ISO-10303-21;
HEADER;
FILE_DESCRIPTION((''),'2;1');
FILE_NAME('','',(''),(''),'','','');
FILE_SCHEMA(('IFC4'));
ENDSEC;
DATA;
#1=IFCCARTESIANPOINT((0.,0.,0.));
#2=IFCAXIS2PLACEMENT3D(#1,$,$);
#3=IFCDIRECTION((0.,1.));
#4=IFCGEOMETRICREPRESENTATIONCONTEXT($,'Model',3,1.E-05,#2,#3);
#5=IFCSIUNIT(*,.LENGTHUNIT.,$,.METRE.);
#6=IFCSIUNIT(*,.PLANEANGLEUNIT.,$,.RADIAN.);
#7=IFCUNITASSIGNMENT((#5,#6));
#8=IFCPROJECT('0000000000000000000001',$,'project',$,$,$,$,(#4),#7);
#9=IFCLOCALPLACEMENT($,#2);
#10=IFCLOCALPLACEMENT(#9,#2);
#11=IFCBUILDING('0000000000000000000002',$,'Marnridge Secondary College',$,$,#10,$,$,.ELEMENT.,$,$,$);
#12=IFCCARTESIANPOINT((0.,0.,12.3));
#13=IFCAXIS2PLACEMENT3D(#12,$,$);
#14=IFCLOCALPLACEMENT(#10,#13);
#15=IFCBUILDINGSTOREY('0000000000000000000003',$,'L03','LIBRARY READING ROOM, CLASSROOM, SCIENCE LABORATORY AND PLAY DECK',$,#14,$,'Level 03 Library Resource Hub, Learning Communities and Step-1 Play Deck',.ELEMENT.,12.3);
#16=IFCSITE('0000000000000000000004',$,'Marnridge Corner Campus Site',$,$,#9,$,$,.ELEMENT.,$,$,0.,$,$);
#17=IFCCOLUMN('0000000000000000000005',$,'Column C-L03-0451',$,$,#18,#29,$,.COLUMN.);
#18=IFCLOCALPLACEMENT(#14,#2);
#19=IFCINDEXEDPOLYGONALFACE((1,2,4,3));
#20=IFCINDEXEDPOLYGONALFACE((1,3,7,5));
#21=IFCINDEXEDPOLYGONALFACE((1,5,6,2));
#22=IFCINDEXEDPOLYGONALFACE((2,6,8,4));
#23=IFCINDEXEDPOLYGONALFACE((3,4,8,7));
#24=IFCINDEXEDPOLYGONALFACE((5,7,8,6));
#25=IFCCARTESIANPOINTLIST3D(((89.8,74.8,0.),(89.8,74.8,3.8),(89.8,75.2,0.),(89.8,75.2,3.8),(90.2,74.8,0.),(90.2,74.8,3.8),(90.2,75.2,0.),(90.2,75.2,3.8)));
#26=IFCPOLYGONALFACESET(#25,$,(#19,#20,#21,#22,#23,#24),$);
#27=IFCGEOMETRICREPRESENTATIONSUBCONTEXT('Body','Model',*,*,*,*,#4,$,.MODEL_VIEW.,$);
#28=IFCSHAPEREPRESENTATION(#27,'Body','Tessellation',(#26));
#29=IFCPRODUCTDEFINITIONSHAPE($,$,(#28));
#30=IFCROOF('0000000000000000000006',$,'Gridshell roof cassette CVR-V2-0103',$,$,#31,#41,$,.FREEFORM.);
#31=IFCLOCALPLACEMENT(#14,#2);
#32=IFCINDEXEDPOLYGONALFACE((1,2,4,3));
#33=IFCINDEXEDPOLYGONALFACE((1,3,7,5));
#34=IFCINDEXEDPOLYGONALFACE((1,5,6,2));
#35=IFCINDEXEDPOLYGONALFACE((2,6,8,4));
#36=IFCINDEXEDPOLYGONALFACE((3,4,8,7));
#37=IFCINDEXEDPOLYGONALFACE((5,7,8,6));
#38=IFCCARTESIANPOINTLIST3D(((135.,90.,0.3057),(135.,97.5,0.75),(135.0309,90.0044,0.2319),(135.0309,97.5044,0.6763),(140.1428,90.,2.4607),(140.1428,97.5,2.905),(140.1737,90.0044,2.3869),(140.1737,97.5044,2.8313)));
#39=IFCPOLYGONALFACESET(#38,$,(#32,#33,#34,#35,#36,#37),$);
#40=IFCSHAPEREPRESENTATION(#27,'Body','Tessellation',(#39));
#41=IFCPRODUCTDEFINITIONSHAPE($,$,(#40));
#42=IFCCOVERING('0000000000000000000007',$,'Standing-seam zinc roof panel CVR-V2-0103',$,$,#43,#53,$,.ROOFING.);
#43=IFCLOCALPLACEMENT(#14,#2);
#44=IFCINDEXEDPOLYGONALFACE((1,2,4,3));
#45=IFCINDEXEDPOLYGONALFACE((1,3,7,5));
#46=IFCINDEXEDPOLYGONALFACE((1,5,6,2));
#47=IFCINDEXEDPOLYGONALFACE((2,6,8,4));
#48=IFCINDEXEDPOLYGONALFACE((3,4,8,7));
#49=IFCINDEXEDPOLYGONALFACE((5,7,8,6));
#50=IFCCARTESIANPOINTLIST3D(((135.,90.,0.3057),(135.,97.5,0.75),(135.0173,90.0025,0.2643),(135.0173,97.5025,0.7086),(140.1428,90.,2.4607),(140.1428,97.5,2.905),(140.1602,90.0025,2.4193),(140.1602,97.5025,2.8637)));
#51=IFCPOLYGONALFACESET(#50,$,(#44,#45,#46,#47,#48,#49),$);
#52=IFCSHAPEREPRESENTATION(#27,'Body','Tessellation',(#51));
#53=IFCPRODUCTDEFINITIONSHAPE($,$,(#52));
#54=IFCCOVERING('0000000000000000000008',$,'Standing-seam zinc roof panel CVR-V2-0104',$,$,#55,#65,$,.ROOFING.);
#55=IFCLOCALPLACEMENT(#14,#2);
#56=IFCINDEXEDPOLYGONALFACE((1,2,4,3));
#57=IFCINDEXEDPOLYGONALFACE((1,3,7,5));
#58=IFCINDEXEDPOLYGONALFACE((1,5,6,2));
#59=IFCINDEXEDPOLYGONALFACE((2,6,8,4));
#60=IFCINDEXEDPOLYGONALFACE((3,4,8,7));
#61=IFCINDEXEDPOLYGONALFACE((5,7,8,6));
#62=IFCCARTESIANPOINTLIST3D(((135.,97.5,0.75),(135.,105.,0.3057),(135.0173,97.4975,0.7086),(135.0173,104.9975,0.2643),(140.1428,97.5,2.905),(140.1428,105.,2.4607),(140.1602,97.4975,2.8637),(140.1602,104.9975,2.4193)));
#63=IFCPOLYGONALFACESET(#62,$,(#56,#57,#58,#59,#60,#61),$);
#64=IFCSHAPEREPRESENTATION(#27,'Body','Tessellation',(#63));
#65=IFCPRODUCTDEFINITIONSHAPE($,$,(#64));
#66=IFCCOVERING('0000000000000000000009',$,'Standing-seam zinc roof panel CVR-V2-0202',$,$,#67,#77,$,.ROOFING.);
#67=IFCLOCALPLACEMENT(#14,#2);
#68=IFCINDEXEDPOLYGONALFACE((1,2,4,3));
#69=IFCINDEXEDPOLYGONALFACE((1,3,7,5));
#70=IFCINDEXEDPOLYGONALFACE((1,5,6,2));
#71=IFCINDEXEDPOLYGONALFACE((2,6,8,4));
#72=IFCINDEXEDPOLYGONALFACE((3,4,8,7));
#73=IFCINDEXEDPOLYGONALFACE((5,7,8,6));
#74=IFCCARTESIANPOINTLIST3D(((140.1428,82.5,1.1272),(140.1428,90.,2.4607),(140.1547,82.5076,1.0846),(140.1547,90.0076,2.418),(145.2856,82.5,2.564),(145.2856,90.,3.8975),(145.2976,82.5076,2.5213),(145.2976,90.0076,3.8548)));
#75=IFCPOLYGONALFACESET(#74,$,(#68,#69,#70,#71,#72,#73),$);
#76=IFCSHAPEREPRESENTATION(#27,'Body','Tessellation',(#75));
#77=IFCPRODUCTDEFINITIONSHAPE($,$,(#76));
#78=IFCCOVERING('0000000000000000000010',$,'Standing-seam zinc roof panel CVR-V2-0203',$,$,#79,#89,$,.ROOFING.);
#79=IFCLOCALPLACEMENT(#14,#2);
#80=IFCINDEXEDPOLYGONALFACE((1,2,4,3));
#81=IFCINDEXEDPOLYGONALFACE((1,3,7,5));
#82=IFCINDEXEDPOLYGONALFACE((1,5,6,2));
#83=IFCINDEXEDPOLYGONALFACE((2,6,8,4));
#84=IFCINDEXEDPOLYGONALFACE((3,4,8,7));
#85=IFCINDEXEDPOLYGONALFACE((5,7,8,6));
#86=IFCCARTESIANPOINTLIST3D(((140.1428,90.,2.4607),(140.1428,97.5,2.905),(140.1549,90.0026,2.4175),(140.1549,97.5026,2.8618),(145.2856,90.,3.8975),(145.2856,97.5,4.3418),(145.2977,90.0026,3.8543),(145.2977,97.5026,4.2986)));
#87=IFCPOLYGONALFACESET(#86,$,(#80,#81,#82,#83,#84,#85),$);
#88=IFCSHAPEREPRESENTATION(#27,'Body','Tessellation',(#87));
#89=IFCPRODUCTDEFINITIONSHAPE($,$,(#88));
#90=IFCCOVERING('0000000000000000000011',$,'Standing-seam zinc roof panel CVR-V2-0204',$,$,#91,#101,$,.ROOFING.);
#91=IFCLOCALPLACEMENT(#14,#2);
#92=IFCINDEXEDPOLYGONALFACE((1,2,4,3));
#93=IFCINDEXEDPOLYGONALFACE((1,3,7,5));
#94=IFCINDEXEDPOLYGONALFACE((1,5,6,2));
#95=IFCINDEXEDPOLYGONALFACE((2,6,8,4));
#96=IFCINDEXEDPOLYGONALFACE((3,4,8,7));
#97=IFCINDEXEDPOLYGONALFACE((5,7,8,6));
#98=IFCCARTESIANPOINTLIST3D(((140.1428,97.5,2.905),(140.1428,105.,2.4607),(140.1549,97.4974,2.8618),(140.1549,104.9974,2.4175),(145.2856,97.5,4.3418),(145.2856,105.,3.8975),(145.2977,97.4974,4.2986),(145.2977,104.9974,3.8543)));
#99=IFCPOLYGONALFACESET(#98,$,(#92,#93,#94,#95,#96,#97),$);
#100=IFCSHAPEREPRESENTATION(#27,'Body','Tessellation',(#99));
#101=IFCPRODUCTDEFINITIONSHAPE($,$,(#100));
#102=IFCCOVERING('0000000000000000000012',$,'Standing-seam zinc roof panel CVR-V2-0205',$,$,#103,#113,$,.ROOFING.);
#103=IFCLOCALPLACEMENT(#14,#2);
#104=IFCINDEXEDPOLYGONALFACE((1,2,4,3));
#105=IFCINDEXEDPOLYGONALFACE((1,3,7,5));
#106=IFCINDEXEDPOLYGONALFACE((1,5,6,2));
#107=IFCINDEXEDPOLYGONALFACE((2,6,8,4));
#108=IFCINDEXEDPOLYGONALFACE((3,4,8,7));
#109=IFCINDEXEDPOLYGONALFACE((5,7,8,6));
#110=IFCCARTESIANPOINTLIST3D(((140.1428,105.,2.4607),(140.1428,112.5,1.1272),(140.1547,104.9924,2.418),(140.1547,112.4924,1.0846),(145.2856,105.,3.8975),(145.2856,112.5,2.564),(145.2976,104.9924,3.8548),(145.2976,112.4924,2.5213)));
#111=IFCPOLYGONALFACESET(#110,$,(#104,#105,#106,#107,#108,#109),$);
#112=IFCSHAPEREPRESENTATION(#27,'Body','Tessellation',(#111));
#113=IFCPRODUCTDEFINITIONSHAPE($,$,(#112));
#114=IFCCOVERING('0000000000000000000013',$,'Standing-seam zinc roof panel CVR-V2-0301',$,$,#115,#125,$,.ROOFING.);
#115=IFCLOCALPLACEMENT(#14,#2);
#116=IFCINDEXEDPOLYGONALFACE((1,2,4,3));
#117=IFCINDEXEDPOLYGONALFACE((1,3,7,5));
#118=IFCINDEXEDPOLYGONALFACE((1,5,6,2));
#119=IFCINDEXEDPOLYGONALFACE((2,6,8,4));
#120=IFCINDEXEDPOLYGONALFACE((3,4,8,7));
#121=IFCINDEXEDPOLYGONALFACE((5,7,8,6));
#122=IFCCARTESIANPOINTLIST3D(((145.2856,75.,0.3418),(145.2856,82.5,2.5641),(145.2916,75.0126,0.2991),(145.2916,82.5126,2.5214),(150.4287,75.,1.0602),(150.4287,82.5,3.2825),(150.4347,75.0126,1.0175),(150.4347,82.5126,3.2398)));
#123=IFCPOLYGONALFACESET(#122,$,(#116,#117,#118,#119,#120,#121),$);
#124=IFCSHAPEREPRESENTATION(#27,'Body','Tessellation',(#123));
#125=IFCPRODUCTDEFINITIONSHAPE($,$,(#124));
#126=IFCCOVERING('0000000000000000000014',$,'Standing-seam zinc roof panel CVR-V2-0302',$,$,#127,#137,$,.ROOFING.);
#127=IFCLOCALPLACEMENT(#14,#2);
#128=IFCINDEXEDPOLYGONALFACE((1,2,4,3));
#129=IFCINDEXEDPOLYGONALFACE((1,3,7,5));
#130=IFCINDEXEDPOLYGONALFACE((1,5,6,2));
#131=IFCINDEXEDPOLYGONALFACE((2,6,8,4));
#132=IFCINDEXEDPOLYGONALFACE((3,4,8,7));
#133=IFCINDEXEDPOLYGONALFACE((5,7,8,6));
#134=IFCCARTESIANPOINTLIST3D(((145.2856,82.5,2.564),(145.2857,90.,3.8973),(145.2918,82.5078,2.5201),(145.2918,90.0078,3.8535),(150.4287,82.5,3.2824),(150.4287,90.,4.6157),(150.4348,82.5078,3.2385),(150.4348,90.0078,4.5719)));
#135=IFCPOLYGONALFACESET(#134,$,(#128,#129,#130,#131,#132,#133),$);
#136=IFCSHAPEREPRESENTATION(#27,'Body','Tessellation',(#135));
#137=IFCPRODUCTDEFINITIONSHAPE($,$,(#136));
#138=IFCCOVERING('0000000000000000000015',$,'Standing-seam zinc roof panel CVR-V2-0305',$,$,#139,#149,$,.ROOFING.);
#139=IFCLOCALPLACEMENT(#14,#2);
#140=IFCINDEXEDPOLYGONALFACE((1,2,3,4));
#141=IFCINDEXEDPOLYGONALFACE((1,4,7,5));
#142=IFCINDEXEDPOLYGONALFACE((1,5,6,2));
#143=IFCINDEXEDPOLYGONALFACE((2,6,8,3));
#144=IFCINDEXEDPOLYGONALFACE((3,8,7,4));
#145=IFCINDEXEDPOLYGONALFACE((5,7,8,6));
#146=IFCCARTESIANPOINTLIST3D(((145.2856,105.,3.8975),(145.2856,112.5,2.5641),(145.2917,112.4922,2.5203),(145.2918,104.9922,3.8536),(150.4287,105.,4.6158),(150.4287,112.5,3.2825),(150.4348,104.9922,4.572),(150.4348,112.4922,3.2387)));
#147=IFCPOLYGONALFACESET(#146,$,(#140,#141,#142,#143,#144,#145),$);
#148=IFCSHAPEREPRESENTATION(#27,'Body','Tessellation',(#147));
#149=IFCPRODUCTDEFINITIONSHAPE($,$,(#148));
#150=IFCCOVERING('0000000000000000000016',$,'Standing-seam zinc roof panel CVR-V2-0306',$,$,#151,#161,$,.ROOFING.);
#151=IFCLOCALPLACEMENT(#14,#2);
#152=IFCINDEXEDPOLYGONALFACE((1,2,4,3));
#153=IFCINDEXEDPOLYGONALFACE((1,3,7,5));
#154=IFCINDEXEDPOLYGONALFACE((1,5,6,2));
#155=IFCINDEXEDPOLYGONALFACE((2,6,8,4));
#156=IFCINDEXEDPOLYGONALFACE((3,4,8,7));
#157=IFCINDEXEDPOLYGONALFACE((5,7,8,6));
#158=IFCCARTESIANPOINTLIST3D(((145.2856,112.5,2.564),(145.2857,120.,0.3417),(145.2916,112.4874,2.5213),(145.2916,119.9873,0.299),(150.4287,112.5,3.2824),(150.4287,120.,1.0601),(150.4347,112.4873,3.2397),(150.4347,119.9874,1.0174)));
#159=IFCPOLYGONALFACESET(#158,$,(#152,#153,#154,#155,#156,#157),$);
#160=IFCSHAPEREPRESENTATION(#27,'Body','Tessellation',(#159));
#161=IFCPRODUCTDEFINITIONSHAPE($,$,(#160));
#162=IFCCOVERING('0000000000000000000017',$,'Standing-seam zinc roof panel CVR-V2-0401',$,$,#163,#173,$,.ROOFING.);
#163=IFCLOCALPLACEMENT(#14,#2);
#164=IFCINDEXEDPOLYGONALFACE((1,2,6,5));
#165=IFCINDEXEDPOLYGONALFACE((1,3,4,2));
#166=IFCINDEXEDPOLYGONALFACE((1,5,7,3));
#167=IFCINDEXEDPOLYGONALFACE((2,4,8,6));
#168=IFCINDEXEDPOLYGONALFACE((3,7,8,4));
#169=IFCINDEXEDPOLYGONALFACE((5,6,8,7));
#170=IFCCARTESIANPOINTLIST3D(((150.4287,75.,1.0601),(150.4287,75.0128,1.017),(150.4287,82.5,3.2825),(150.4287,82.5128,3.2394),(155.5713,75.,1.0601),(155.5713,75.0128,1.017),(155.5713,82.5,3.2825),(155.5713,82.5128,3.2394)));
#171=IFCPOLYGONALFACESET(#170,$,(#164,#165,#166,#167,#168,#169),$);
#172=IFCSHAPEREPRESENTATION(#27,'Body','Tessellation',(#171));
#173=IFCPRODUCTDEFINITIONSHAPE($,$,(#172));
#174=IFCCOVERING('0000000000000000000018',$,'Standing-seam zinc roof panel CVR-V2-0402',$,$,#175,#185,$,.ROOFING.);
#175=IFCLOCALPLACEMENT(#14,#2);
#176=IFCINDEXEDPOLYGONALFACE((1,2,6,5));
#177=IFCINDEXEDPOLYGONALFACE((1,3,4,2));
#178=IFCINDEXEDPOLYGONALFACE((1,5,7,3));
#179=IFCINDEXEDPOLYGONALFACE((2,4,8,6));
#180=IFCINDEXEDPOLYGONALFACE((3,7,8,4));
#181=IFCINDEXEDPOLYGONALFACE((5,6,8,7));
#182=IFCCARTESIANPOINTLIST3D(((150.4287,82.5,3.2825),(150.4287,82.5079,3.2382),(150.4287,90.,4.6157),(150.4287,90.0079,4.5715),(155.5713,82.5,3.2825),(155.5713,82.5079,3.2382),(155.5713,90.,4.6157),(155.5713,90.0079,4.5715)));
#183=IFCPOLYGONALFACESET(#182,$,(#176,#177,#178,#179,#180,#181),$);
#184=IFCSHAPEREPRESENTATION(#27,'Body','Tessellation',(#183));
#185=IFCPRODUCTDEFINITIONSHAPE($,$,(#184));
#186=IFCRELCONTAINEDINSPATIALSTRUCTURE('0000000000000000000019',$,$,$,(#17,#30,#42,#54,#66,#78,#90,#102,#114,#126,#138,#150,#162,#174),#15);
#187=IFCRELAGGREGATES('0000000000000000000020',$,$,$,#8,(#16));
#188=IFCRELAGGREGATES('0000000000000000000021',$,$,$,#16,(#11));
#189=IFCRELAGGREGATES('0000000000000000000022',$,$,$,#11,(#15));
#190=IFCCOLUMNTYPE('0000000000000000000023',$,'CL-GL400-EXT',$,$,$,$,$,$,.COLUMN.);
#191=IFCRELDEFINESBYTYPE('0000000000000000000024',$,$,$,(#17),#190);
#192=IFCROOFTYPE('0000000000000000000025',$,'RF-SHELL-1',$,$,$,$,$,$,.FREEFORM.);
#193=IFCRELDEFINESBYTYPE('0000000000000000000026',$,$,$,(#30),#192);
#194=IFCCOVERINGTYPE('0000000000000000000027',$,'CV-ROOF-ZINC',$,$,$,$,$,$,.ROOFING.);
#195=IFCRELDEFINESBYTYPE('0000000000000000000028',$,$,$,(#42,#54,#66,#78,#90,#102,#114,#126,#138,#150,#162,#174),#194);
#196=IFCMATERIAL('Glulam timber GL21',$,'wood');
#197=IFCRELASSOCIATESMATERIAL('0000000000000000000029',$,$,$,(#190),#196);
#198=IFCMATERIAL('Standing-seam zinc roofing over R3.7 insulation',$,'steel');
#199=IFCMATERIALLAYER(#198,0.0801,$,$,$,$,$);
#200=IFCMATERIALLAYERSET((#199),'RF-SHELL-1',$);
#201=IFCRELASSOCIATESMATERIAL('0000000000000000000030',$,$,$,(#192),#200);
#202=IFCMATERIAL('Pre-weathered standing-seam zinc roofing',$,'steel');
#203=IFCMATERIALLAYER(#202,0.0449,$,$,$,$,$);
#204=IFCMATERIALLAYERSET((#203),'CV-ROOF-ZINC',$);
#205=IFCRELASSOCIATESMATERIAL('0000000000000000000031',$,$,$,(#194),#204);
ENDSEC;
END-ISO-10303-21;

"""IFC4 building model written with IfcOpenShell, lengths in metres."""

from ifc_helpers import new_model, si_unit, direction, frame, origin, origin_2d, place, context, subcontext, project, spatial, polyline, rectangle, outline, extrude, material, layer, layer_set, material_profile, profile_set, type_object, element, save


model = new_model("IFC4")

# Units and contexts
model_context = context("Model", 3, precision=1e-05, world=origin(), true_north=direction((0.0, 1.0)))
body_context = subcontext(model_context, "Body", "Model", "MODEL_VIEW")
ifc_project = project(units=[si_unit("LENGTHUNIT", "METRE"), si_unit("PLANEANGLEUNIT", "RADIAN")], contexts=[model_context])

# Site, building, storey
site_placement = place(None, origin())
site = spatial("IfcSite", under=ifc_project, at=site_placement, Name="Marnridge Corner Campus Site", CompositionType="ELEMENT", RefElevation=0.0)
building_placement = place(site_placement, origin())
building = spatial("IfcBuilding", under=site, at=building_placement, Name="Marnridge Secondary College", CompositionType="ELEMENT")
storey_placement = place(building_placement, frame((0.0, 0.0, 12.3)))
storey = spatial("IfcBuildingStorey", under=building, at=storey_placement, Name="L03", Description="LIBRARY READING ROOM, CLASSROOM, SCIENCE LABORATORY AND PLAY DECK", LongName="Level 03 Library Resource Hub, Learning Communities and Step-1 Play Deck", CompositionType="ELEMENT", Elevation=12.3)

# Column
ifc_material_1 = material(Name="Glulam timber GL21", Category="wood")
ifc_material_profile = material_profile(ifc_material_1, rectangle(XDim=0.3999, YDim=0.3999, at=origin_2d()), Name="GL21 400x400")
ifc_profile_set = profile_set([ifc_material_profile], Name="Glulam timber GL21")
column_type = type_object("IfcColumnType", Name="CL-GL400-EXT", PredefinedType="COLUMN", material=ifc_profile_set)
column_placement = place(storey_placement, frame((90.0, 75.0, 0.0), z_axis=(0.0, 0.0, 1.0), x_axis=(1.0, 0.0, 0.0)))
element("IfcColumn", 1, at=column_placement, inside=storey, type_object=column_type, Name="Column C-L03-0451", PredefinedType="COLUMN", context=body_context, shape_type="SweptSolid", body=[
    extrude(rectangle(XDim=0.3999, YDim=0.3999, at=origin_2d()), origin(), (0.0, 0.0, 1.0), 3.8),
])

# Roof
ifc_material_2 = material(Name="Standing-seam zinc roofing over R3.7 insulation", Category="steel")
ifc_layer_1 = layer(ifc_material_2, 0.0801)
ifc_layer_set_1 = layer_set([ifc_layer_1], Name="RF-SHELL-1")
roof_type = type_object("IfcRoofType", Name="RF-SHELL-1", PredefinedType="FREEFORM", material=ifc_layer_set_1)
roof_placement = place(storey_placement, frame((135.0, 90.0, 0.3057), z_axis=(-0.385901, -0.05456, 0.920925), x_axis=(0.922299, 0.0, 0.386477)))
element("IfcRoof", 2, at=roof_placement, inside=storey, type_object=roof_type, Name="Gridshell roof cassette CVR-V2-0103", PredefinedType="FREEFORM", context=body_context, shape_type="SweptSolid", body=[
    extrude(outline(polyline([(0.0, 0.0), (5.5761, 0.0), (5.7478, 7.5112), (0.1717, 7.5112), (0.0, 0.0)])), origin(), (0.0, 0.0, -1.0), 0.0801),
])

# Coverings
ifc_material_3 = material(Name="Pre-weathered standing-seam zinc roofing", Category="steel")
ifc_layer_2 = layer(ifc_material_3, 0.0449)
ifc_layer_set_2 = layer_set([ifc_layer_2], Name="CV-ROOF-ZINC")
covering_type = type_object("IfcCoveringType", Name="CV-ROOF-ZINC", PredefinedType="ROOFING", material=ifc_layer_set_2)
covering_1_placement = place(storey_placement, frame((135.0, 90.0, 0.3057), z_axis=(-0.385901, -0.05456, 0.920925), x_axis=(0.922299, 0.0, 0.386477)))
element("IfcCovering", 3, at=covering_1_placement, inside=storey, type_object=covering_type, Name="Standing-seam zinc roof panel CVR-V2-0103", PredefinedType="ROOFING", context=body_context, shape_type="SweptSolid", body=[
    extrude(outline(polyline([(0.0, 0.0), (5.5761, 0.0), (5.7478, 7.5112), (0.1717, 7.5112), (0.0, 0.0)])), origin(), (0.0, 0.0, -1.0), 0.0449),
])
covering_2_placement = place(storey_placement, frame((135.0, 97.5, 0.75), z_axis=(-0.385901, 0.05456, 0.920925), x_axis=(0.922299, 0.0, 0.386477)))
element("IfcCovering", 4, at=covering_2_placement, inside=storey, type_object=covering_type, Name="Standing-seam zinc roof panel CVR-V2-0104", PredefinedType="ROOFING", context=body_context, shape_type="SweptSolid", body=[
    extrude(outline(polyline([(0.0, 0.0), (5.5761, 0.0), (5.4044, 7.5112), (-0.1717, 7.5112), (0.0, 0.0)])), origin(), (0.0, 0.0, -1.0), 0.0449),
])
covering_3_placement = place(storey_placement, frame((140.1428, 82.5, 1.1272), z_axis=(-0.26521, -0.168785, 0.949302), x_axis=(0.963121, 0.0, 0.26907)))
element("IfcCovering", 5, at=covering_3_placement, inside=storey, type_object=covering_type, Name="Standing-seam zinc roof panel CVR-V2-0202", PredefinedType="ROOFING", context=body_context, shape_type="SweptSolid", body=[
    extrude(outline(polyline([(0.0, 0.0), (5.3397, 0.0), (5.6986, 7.6092), (0.3588, 7.6092), (0.0, 0.0)])), origin(), (0.0, 0.0, -1.0), 0.0449),
])
covering_4_placement = place(storey_placement, frame((140.1428, 90.0, 2.4607), z_axis=(-0.268633, -0.056967, 0.961556), x_axis=(0.963121, 0.0, 0.26907)))
element("IfcCovering", 6, at=covering_4_placement, inside=storey, type_object=covering_type, Name="Standing-seam zinc roof panel CVR-V2-0203", PredefinedType="ROOFING", context=body_context, shape_type="SweptSolid", body=[
    extrude(outline(polyline([(0.0, 0.0), (5.3397, 0.0), (5.4593, 7.5122), (0.1196, 7.5122), (0.0, 0.0)])), origin(), (0.0, 0.0, -1.0), 0.0449),
])
covering_5_placement = place(storey_placement, frame((140.1428, 97.5, 2.905), z_axis=(-0.268633, 0.056967, 0.961556), x_axis=(0.963121, 0.0, 0.26907)))
element("IfcCovering", 7, at=covering_5_placement, inside=storey, type_object=covering_type, Name="Standing-seam zinc roof panel CVR-V2-0204", PredefinedType="ROOFING", context=body_context, shape_type="SweptSolid", body=[
    extrude(outline(polyline([(0.0, 0.0), (5.3397, 0.0), (5.2202, 7.5122), (-0.1196, 7.5122), (0.0, 0.0)])), origin(), (0.0, 0.0, -1.0), 0.0449),
])
covering_6_placement = place(storey_placement, frame((140.1428, 105.0, 2.4607), z_axis=(-0.26521, 0.168785, 0.949302), x_axis=(0.963121, 0.0, 0.26907)))
element("IfcCovering", 8, at=covering_6_placement, inside=storey, type_object=covering_type, Name="Standing-seam zinc roof panel CVR-V2-0205", PredefinedType="ROOFING", context=body_context, shape_type="SweptSolid", body=[
    extrude(outline(polyline([(0.0, 0.0), (5.3397, 0.0), (4.9809, 7.6092), (-0.3588, 7.6092), (0.0, 0.0)])), origin(), (0.0, 0.0, -1.0), 0.0449),
])
covering_7_placement = place(storey_placement, frame((145.2856, 75.0, 0.3418), z_axis=(-0.13274, -0.281582, 0.950311), x_axis=(0.990385, -0.000006, 0.138335)))
element("IfcCovering", 9, at=covering_7_placement, inside=storey, type_object=covering_type, Name="Standing-seam zinc roof panel CVR-V2-0301", PredefinedType="ROOFING", context=body_context, shape_type="SweptSolid", body=[
    extrude(outline(polyline([(0.0, 0.0), (5.193, 0.0), (5.5004, 7.8163), (0.3074, 7.8162), (0.0, 0.0)])), origin(), (0.0, 0.0, -1.0), 0.0449),
])
covering_8_placement = place(storey_placement, frame((145.2856, 82.5, 2.564), z_axis=(-0.136241, -0.173406, 0.975381), x_axis=(0.990385, 0.000004, 0.138338)))
element("IfcCovering", 10, at=covering_8_placement, inside=storey, type_object=covering_type, Name="Standing-seam zinc roof panel CVR-V2-0302", PredefinedType="ROOFING", context=body_context, shape_type="SweptSolid", body=[
    extrude(outline(polyline([(0.0, 0.0), (5.193, 0.0), (5.3775, 7.6153), (0.1845, 7.6154), (0.0, 0.0)])), origin(), (0.0, 0.0, -1.0), 0.0449),
])
covering_9_placement = place(storey_placement, frame((145.2856, 105.0, 3.8975), z_axis=(-0.136241, 0.173406, 0.975381), x_axis=(0.990385, 0.000004, 0.138336)))
element("IfcCovering", 11, at=covering_9_placement, inside=storey, type_object=covering_type, Name="Standing-seam zinc roof panel CVR-V2-0305", PredefinedType="ROOFING", context=body_context, shape_type="SweptSolid", body=[
    extrude(outline(polyline([(0.0, 0.0), (5.193, 0.0), (5.0086, 7.6153), (-0.1844, 7.6154), (0.0, 0.0)])), origin(), (0.0, 0.0, -1.0), 0.0449),
])
covering_10_placement = place(storey_placement, frame((145.2856, 112.5, 2.564), z_axis=(-0.13274, 0.281582, 0.950311), x_axis=(0.990385, -0.000006, 0.138339)))
element("IfcCovering", 12, at=covering_10_placement, inside=storey, type_object=covering_type, Name="Standing-seam zinc roof panel CVR-V2-0306", PredefinedType="ROOFING", context=body_context, shape_type="SweptSolid", body=[
    extrude(outline(polyline([(0.0, 0.0), (5.193, 0.0), (4.8855, 7.8163), (-0.3075, 7.8162), (0.0, 0.0)])), origin(), (0.0, 0.0, -1.0), 0.0449),
])
covering_11_placement = place(storey_placement, frame((150.4287, 75.0, 1.0601), z_axis=(0.0, -0.284111, 0.958792), x_axis=(1.0, 0.0, 0.0)))
element("IfcCovering", 13, at=covering_11_placement, inside=storey, type_object=covering_type, Name="Standing-seam zinc roof panel CVR-V2-0401", PredefinedType="ROOFING", context=body_context, shape_type="SweptSolid", body=[
    extrude(outline(polyline([(0.0, 0.0), (5.1426, 0.0), (5.1426, 7.8223), (0.0, 7.8223), (0.0, 0.0)])), origin(), (0.0, 0.0, -1.0), 0.0449),
])
for number, where, z_axis, x_axis, name in (
    (14, (150.4287, 82.5, 3.2825), (0.0, -0.175023, 0.984564), (1.0, 0.0, 0.0), "Standing-seam zinc roof panel CVR-V2-0402"),
):
    element("IfcCovering", number, at=place(storey_placement, frame(where, z_axis=z_axis, x_axis=x_axis)), inside=storey, type_object=covering_type, Name=name, PredefinedType="ROOFING", context=body_context, shape_type="SweptSolid", body=[
        extrude(outline(polyline([(0.0, 0.0), (5.1426, 0.0), (5.1426, 7.6176), (0.0, 7.6176), (0.0, 0.0)])), origin(), (0.0, 0.0, -1.0), 0.0449),
    ])

save(model, "model.ifc")
